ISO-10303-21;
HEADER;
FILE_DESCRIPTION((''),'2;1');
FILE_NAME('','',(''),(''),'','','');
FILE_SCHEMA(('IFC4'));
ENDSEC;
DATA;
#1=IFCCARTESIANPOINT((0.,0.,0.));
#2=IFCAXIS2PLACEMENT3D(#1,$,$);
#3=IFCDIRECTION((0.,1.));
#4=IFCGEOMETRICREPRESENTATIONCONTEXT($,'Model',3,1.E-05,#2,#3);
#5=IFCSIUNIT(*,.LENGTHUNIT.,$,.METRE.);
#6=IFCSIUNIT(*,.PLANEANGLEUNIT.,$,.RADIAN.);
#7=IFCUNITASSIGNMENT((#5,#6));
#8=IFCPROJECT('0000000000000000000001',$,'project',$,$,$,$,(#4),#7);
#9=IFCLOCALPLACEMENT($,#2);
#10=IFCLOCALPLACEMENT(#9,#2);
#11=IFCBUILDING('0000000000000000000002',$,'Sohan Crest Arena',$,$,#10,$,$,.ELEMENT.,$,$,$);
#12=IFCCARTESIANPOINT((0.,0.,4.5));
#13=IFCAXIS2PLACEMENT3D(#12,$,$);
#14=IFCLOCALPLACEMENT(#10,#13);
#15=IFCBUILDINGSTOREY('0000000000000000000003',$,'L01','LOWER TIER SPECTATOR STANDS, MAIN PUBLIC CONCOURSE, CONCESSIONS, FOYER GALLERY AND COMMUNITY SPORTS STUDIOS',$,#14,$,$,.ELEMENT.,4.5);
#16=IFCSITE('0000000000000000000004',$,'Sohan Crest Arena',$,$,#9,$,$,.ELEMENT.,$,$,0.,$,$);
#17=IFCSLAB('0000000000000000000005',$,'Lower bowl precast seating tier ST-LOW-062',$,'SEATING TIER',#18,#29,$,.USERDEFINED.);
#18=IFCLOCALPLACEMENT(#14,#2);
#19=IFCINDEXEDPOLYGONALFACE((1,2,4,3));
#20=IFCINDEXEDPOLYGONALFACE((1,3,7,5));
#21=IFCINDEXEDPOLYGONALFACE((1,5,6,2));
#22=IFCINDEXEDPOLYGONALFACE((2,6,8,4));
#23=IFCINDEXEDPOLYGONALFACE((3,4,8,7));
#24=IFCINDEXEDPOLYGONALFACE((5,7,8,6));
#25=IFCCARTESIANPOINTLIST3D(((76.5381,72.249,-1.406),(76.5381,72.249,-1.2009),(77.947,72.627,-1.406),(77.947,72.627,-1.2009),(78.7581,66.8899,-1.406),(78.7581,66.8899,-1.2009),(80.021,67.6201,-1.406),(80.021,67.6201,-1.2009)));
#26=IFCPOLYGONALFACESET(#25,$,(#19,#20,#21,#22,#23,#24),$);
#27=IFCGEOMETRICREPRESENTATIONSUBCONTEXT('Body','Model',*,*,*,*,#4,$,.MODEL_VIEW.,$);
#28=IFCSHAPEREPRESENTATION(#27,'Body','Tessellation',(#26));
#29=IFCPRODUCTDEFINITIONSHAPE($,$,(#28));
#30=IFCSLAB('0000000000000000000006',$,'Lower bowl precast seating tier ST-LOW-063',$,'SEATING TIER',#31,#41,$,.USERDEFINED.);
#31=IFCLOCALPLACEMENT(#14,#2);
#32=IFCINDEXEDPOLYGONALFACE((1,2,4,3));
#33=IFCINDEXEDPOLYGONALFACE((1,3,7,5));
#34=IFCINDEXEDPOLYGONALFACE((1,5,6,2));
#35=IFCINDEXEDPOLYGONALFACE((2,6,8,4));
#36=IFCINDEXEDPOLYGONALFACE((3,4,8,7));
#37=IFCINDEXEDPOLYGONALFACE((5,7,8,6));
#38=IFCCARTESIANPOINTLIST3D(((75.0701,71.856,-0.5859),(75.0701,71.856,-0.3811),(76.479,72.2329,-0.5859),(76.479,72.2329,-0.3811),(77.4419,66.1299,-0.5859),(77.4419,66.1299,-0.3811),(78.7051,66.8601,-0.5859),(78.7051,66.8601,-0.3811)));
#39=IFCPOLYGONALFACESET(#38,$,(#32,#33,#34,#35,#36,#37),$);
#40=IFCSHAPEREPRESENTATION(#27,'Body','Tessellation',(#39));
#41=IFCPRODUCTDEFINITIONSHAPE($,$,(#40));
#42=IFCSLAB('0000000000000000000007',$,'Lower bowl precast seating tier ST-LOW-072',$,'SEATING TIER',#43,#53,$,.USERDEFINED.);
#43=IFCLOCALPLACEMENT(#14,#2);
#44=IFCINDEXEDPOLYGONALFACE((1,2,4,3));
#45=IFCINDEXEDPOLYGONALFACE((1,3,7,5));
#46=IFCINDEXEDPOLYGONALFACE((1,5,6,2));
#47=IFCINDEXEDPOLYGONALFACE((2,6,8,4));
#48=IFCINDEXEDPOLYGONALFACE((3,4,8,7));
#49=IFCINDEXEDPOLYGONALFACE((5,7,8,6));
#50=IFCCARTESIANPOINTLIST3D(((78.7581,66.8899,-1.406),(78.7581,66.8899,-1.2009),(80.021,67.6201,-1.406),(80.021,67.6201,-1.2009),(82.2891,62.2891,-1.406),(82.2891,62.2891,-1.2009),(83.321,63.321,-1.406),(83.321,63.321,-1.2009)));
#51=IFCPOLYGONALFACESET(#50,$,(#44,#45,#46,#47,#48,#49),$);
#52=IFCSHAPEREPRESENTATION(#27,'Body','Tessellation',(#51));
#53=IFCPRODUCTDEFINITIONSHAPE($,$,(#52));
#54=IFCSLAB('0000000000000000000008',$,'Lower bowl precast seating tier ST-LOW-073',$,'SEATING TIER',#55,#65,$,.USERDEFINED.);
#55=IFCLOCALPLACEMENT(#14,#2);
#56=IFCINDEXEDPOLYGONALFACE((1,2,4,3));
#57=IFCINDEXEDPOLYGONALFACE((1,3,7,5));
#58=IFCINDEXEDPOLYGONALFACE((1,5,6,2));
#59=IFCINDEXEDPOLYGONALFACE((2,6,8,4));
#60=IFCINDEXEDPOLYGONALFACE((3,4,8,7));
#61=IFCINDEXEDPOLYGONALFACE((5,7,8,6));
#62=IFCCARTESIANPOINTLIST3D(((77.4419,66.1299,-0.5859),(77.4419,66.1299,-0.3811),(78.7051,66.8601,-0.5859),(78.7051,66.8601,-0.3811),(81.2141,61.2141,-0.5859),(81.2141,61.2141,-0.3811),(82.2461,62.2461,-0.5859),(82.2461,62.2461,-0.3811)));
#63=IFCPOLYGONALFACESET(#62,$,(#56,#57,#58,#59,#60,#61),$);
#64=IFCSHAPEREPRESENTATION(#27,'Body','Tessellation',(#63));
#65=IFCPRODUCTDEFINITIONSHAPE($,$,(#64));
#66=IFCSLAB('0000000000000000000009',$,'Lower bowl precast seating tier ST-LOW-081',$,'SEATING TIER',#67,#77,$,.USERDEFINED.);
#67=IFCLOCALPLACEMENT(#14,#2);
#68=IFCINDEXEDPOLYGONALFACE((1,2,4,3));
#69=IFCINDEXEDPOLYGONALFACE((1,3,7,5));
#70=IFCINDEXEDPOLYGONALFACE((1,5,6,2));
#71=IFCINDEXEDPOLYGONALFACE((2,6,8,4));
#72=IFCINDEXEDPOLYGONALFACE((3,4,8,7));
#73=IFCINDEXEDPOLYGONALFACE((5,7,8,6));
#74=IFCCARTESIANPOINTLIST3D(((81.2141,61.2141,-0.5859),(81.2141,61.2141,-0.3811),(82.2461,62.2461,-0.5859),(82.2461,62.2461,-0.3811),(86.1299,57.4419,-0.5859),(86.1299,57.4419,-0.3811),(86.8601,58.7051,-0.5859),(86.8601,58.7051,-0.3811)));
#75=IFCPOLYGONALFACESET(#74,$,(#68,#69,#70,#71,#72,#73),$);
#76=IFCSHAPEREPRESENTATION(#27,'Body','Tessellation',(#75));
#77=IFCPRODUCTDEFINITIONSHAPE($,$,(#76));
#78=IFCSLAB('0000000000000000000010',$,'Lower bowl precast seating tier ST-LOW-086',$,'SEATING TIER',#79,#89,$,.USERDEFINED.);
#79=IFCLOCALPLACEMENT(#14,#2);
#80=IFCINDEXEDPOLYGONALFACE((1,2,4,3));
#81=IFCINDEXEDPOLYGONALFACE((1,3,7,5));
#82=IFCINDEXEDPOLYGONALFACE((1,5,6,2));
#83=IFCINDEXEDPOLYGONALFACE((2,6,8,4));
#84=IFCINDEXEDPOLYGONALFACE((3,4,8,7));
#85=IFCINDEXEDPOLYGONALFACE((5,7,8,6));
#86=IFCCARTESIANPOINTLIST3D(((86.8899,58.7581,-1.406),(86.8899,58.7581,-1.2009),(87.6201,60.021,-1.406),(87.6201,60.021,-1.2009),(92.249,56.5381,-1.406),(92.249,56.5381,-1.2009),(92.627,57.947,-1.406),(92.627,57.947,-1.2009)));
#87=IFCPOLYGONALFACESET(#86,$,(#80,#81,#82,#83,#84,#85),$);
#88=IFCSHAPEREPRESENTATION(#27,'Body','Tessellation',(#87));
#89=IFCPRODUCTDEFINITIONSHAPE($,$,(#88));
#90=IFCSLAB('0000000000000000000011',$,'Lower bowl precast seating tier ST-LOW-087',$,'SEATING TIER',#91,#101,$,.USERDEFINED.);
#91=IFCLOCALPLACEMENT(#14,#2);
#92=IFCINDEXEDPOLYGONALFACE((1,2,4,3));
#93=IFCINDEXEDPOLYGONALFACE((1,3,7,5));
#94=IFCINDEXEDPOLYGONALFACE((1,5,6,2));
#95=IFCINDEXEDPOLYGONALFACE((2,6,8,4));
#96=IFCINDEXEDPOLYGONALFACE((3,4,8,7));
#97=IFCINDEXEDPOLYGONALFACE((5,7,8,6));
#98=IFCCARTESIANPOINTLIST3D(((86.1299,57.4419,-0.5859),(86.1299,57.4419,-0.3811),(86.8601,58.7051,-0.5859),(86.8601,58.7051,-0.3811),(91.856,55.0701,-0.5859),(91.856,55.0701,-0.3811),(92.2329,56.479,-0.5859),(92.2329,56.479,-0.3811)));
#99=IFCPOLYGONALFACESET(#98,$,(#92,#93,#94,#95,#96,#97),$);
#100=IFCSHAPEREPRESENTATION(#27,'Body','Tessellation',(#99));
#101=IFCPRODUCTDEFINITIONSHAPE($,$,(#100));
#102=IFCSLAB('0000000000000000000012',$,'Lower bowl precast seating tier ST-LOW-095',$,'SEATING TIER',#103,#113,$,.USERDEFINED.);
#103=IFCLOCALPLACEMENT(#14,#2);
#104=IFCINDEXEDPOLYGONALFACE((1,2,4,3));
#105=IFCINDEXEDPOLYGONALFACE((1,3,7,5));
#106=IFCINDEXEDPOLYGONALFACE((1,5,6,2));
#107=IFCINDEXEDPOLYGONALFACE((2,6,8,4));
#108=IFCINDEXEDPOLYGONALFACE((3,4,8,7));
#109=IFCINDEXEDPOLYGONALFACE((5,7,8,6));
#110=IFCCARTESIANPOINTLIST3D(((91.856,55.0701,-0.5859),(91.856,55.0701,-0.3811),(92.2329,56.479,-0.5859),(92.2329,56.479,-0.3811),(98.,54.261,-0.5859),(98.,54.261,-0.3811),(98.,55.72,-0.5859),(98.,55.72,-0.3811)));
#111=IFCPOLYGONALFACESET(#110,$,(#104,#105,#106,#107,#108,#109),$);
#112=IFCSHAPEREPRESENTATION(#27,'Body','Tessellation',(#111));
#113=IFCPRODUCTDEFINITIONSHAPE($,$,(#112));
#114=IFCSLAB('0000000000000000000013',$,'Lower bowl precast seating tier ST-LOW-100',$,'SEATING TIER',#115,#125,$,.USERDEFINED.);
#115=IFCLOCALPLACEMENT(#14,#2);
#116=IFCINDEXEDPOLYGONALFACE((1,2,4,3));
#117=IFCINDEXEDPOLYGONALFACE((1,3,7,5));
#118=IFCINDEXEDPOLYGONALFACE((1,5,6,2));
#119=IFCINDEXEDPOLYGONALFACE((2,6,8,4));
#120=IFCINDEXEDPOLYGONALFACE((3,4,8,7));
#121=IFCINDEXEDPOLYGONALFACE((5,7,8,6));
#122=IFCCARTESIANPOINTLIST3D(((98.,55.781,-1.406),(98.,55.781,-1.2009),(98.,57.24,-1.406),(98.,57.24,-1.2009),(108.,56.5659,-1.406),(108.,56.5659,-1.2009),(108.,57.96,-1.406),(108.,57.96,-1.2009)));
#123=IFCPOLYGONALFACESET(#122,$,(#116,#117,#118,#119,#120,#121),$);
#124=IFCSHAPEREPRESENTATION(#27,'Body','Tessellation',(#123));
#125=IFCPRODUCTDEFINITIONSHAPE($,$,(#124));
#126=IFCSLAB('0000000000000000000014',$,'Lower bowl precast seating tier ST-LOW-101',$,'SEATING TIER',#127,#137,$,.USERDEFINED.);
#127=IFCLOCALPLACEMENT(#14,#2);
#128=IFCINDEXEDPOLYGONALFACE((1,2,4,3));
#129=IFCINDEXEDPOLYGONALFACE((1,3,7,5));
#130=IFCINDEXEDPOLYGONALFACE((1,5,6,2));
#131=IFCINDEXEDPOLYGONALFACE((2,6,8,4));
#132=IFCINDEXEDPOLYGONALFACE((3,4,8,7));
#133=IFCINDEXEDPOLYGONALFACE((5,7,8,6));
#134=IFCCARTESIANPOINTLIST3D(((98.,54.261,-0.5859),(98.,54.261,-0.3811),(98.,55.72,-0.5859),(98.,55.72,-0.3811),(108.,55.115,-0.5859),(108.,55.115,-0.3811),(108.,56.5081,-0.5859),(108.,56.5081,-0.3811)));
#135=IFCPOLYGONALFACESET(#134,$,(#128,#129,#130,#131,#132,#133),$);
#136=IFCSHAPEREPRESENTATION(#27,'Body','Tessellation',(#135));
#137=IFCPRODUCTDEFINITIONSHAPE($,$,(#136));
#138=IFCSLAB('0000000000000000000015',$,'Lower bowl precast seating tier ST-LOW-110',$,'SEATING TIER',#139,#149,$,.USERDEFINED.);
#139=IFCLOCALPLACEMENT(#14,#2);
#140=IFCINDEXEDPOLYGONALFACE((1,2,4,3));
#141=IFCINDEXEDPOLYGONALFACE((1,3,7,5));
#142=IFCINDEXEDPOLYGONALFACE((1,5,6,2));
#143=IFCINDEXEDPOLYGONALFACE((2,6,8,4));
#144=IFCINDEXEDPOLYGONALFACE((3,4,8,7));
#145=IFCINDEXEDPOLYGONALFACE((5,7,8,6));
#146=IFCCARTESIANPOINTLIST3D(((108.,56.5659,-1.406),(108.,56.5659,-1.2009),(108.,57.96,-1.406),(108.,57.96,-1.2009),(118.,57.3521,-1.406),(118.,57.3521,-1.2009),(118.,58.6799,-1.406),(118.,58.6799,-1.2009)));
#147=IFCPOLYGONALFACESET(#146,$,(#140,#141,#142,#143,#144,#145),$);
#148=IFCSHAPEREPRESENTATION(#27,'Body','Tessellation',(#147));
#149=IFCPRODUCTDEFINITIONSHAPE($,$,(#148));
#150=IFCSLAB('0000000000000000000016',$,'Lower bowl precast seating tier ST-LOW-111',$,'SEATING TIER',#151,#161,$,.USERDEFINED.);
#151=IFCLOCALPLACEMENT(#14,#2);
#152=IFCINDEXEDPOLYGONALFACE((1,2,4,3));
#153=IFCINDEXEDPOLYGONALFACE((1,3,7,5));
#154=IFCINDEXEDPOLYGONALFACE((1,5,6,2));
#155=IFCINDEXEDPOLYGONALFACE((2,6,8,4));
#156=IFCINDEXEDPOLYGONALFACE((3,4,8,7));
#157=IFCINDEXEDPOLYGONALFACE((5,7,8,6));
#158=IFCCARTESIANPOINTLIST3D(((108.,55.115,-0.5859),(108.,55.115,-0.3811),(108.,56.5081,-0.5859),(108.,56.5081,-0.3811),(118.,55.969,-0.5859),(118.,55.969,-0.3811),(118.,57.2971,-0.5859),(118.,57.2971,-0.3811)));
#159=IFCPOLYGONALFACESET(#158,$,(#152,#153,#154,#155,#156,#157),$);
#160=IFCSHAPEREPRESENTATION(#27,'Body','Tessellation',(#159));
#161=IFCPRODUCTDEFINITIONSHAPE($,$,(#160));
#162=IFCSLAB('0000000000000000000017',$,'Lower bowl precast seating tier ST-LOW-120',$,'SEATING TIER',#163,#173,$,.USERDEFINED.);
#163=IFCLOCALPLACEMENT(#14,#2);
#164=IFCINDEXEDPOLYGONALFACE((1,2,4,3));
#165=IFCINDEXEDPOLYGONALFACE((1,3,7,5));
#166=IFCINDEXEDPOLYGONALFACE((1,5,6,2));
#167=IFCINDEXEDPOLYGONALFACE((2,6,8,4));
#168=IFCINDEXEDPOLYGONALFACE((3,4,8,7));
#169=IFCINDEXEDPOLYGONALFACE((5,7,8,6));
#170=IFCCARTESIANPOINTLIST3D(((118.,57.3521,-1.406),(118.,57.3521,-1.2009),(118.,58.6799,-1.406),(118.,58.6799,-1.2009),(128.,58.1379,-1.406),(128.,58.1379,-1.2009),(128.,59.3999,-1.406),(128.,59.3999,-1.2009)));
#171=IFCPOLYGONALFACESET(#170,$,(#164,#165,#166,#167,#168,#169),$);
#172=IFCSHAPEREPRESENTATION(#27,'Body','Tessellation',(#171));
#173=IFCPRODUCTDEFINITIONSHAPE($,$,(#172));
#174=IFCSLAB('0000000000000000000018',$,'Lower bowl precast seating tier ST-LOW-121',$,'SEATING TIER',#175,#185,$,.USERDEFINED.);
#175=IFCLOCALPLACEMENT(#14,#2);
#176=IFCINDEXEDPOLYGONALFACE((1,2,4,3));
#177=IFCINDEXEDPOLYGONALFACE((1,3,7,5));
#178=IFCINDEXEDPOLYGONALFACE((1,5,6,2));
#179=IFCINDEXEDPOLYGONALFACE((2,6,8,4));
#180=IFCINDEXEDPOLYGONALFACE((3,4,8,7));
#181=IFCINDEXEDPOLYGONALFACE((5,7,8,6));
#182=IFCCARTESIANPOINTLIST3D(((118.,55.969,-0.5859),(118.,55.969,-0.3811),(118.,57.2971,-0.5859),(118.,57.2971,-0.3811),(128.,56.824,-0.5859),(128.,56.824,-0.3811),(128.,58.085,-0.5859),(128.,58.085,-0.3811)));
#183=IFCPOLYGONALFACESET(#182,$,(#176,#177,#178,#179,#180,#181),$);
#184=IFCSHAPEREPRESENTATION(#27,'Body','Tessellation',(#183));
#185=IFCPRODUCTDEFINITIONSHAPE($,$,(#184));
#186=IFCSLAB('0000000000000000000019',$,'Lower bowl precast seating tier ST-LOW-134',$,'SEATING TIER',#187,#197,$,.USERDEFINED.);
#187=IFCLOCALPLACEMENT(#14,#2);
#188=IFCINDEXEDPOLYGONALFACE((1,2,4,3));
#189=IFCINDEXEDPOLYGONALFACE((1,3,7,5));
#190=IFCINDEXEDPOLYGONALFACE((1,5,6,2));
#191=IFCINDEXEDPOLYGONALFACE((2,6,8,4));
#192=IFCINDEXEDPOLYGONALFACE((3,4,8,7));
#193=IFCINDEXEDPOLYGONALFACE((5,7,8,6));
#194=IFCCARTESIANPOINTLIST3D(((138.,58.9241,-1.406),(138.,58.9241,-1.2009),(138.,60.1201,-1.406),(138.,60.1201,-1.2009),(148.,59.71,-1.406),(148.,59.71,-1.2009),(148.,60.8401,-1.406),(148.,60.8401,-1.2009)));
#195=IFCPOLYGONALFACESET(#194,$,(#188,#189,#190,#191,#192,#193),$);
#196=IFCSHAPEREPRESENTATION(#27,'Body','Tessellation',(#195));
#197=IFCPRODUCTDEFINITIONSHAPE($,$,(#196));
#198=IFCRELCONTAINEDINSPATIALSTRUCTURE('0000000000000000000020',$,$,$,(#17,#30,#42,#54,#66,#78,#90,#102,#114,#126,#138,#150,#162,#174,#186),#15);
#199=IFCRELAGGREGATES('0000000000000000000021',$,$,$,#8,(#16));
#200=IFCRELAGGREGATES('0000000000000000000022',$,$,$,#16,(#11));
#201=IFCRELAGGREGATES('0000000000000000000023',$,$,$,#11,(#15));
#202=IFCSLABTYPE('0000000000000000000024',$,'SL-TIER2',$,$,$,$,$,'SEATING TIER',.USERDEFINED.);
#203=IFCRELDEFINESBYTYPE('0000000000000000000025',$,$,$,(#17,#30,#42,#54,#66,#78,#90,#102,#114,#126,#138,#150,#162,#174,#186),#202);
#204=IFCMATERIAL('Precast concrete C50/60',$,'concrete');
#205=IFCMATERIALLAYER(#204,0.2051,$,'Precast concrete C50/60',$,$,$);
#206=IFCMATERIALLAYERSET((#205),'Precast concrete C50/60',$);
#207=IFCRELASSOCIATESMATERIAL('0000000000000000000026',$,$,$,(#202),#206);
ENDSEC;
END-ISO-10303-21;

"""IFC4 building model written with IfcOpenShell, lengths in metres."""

from ifc_helpers import new_model, si_unit, direction, frame, origin, place, context, subcontext, project, spatial, polyline, outline, extrude, material, layer, layer_set, type_object, element, save


model = new_model("IFC4")

# Units and contexts
model_context = context("Model", 3, precision=1e-05, world=origin(), true_north=direction((0.0, 1.0)))
body_context = subcontext(model_context, "Body", "Model", "MODEL_VIEW")
ifc_project = project(units=[si_unit("LENGTHUNIT", "METRE"), si_unit("PLANEANGLEUNIT", "RADIAN")], contexts=[model_context])

# Site, building, storey
site_placement = place(None, origin())
site = spatial("IfcSite", under=ifc_project, at=site_placement, Name="Sohan Crest Arena", CompositionType="ELEMENT", RefElevation=0.0)
building_placement = place(site_placement, origin())
building = spatial("IfcBuilding", under=site, at=building_placement, Name="Sohan Crest Arena", CompositionType="ELEMENT")
storey_placement = place(building_placement, frame((0.0, 0.0, 4.5)))
storey = spatial("IfcBuildingStorey", under=building, at=storey_placement, Name="L01", Description="LOWER TIER SPECTATOR STANDS, MAIN PUBLIC CONCOURSE, CONCESSIONS, FOYER GALLERY AND COMMUNITY SPORTS STUDIOS", CompositionType="ELEMENT", Elevation=4.5)

# Slabs
ifc_material = material(Name="Precast concrete C50/60", Category="concrete")
ifc_layer_1 = layer(ifc_material, 0.2051, Name="Precast concrete C50/60")
ifc_layer_set_1 = layer_set([ifc_layer_1], Name="Precast concrete C50/60")
slab_type_1 = type_object("IfcSlabType", Name="SL-TIER2", ElementType="SEATING TIER", PredefinedType="USERDEFINED", material=ifc_layer_set_1)
slab_1_placement = place(storey_placement, frame((0.0, 0.0, -1.406)))
element("IfcSlab", 1, at=slab_1_placement, inside=storey, type_object=slab_type_1, Name="Lower bowl precast seating tier ST-LOW-062", ObjectType="SEATING TIER", PredefinedType="USERDEFINED", context=body_context, shape_type="SweptSolid", body=[
    extrude(outline(polyline([(77.947, 72.627), (80.021, 67.6201), (78.7581, 66.8899), (76.5381, 72.249), (77.947, 72.627)])), origin(), (0.0, 0.0, 1.0), 0.2051),
])
slab_2_placement = place(storey_placement, frame((0.0, 0.0, -0.5859)))
element("IfcSlab", 2, at=slab_2_placement, inside=storey, type_object=slab_type_1, Name="Lower bowl precast seating tier ST-LOW-063", ObjectType="SEATING TIER", PredefinedType="USERDEFINED", context=body_context, shape_type="SweptSolid", body=[
    extrude(outline(polyline([(76.479, 72.2329), (78.7051, 66.8601), (77.4419, 66.1299), (75.0701, 71.856), (76.479, 72.2329)])), origin(), (0.0, 0.0, 1.0), 0.2048),
])
slab_3_placement = place(storey_placement, frame((0.0, 0.0, -1.406)))
element("IfcSlab", 3, at=slab_3_placement, inside=storey, type_object=slab_type_1, Name="Lower bowl precast seating tier ST-LOW-072", ObjectType="SEATING TIER", PredefinedType="USERDEFINED", context=body_context, shape_type="SweptSolid", body=[
    extrude(outline(polyline([(80.021, 67.6201), (83.321, 63.321), (82.2891, 62.2891), (78.7581, 66.8899), (80.021, 67.6201)])), origin(), (0.0, 0.0, 1.0), 0.2051),
])
slab_4_placement = place(storey_placement, frame((0.0, 0.0, -0.5859)))
element("IfcSlab", 4, at=slab_4_placement, inside=storey, type_object=slab_type_1, Name="Lower bowl precast seating tier ST-LOW-073", ObjectType="SEATING TIER", PredefinedType="USERDEFINED", context=body_context, shape_type="SweptSolid", body=[
    extrude(outline(polyline([(78.7051, 66.8601), (82.2461, 62.2461), (81.2141, 61.2141), (77.4419, 66.1299), (78.7051, 66.8601)])), origin(), (0.0, 0.0, 1.0), 0.2048),
])
slab_5_placement = place(storey_placement, frame((0.0, 0.0, -0.5859)))
element("IfcSlab", 5, at=slab_5_placement, inside=storey, type_object=slab_type_1, Name="Lower bowl precast seating tier ST-LOW-081", ObjectType="SEATING TIER", PredefinedType="USERDEFINED", context=body_context, shape_type="SweptSolid", body=[
    extrude(outline(polyline([(82.2461, 62.2461), (86.8601, 58.7051), (86.1299, 57.4419), (81.2141, 61.2141), (82.2461, 62.2461)])), origin(), (0.0, 0.0, 1.0), 0.2048),
])
slab_6_placement = place(storey_placement, frame((0.0, 0.0, -1.406)))
element("IfcSlab", 6, at=slab_6_placement, inside=storey, type_object=slab_type_1, Name="Lower bowl precast seating tier ST-LOW-086", ObjectType="SEATING TIER", PredefinedType="USERDEFINED", context=body_context, shape_type="SweptSolid", body=[
    extrude(outline(polyline([(87.6201, 60.021), (92.627, 57.947), (92.249, 56.5381), (86.8899, 58.7581), (87.6201, 60.021)])), origin(), (0.0, 0.0, 1.0), 0.2051),
])
slab_7_placement = place(storey_placement, frame((0.0, 0.0, -0.5859)))
element("IfcSlab", 7, at=slab_7_placement, inside=storey, type_object=slab_type_1, Name="Lower bowl precast seating tier ST-LOW-087", ObjectType="SEATING TIER", PredefinedType="USERDEFINED", context=body_context, shape_type="SweptSolid", body=[
    extrude(outline(polyline([(86.8601, 58.7051), (92.2329, 56.479), (91.856, 55.0701), (86.1299, 57.4419), (86.8601, 58.7051)])), origin(), (0.0, 0.0, 1.0), 0.2048),
])
slab_8_placement = place(storey_placement, frame((0.0, 0.0, -0.5859)))
element("IfcSlab", 8, at=slab_8_placement, inside=storey, type_object=slab_type_1, Name="Lower bowl precast seating tier ST-LOW-095", ObjectType="SEATING TIER", PredefinedType="USERDEFINED", context=body_context, shape_type="SweptSolid", body=[
    extrude(outline(polyline([(92.2329, 56.479), (98.0, 55.72), (98.0, 54.261), (91.856, 55.0701), (92.2329, 56.479)])), origin(), (0.0, 0.0, 1.0), 0.2048),
])
slab_9_placement = place(storey_placement, frame((0.0, 0.0, -1.406)))
element("IfcSlab", 9, at=slab_9_placement, inside=storey, type_object=slab_type_1, Name="Lower bowl precast seating tier ST-LOW-100", ObjectType="SEATING TIER", PredefinedType="USERDEFINED", context=body_context, shape_type="SweptSolid", body=[
    extrude(outline(polyline([(98.0, 57.24), (108.0, 57.96), (108.0, 56.5659), (98.0, 55.781), (98.0, 57.24)])), origin(), (0.0, 0.0, 1.0), 0.2051),
])
slab_10_placement = place(storey_placement, frame((0.0, 0.0, -0.5859)))
element("IfcSlab", 10, at=slab_10_placement, inside=storey, type_object=slab_type_1, Name="Lower bowl precast seating tier ST-LOW-101", ObjectType="SEATING TIER", PredefinedType="USERDEFINED", context=body_context, shape_type="SweptSolid", body=[
    extrude(outline(polyline([(98.0, 55.72), (108.0, 56.5081), (108.0, 55.115), (98.0, 54.261), (98.0, 55.72)])), origin(), (0.0, 0.0, 1.0), 0.2048),
])
slab_11_placement = place(storey_placement, frame((0.0, 0.0, -1.406)))
element("IfcSlab", 11, at=slab_11_placement, inside=storey, type_object=slab_type_1, Name="Lower bowl precast seating tier ST-LOW-110", ObjectType="SEATING TIER", PredefinedType="USERDEFINED", context=body_context, shape_type="SweptSolid", body=[
    extrude(outline(polyline([(108.0, 57.96), (118.0, 58.6799), (118.0, 57.3521), (108.0, 56.5659), (108.0, 57.96)])), origin(), (0.0, 0.0, 1.0), 0.2051),
])
slab_12_placement = place(storey_placement, frame((0.0, 0.0, -0.5859)))
element("IfcSlab", 12, at=slab_12_placement, inside=storey, type_object=slab_type_1, Name="Lower bowl precast seating tier ST-LOW-111", ObjectType="SEATING TIER", PredefinedType="USERDEFINED", context=body_context, shape_type="SweptSolid", body=[
    extrude(outline(polyline([(108.0, 56.5081), (118.0, 57.2971), (118.0, 55.969), (108.0, 55.115), (108.0, 56.5081)])), origin(), (0.0, 0.0, 1.0), 0.2048),
])
slab_13_placement = place(storey_placement, frame((0.0, 0.0, -1.406)))
element("IfcSlab", 13, at=slab_13_placement, inside=storey, type_object=slab_type_1, Name="Lower bowl precast seating tier ST-LOW-120", ObjectType="SEATING TIER", PredefinedType="USERDEFINED", context=body_context, shape_type="SweptSolid", body=[
    extrude(outline(polyline([(118.0, 58.6799), (128.0, 59.3999), (128.0, 58.1379), (118.0, 57.3521), (118.0, 58.6799)])), origin(), (0.0, 0.0, 1.0), 0.2051),
])
slab_14_placement = place(storey_placement, frame((0.0, 0.0, -0.5859)))
element("IfcSlab", 14, at=slab_14_placement, inside=storey, type_object=slab_type_1, Name="Lower bowl precast seating tier ST-LOW-121", ObjectType="SEATING TIER", PredefinedType="USERDEFINED", context=body_context, shape_type="SweptSolid", body=[
    extrude(outline(polyline([(118.0, 57.2971), (128.0, 58.085), (128.0, 56.824), (118.0, 55.969), (118.0, 57.2971)])), origin(), (0.0, 0.0, 1.0), 0.2048),
])
slab_15_placement = place(storey_placement, frame((0.0, 0.0, -1.406)))
element("IfcSlab", 15, at=slab_15_placement, inside=storey, type_object=slab_type_1, Name="Lower bowl precast seating tier ST-LOW-134", ObjectType="SEATING TIER", PredefinedType="USERDEFINED", context=body_context, shape_type="SweptSolid", body=[
    extrude(outline(polyline([(138.0, 60.1201), (148.0, 60.8401), (148.0, 59.71), (138.0, 58.9241), (138.0, 60.1201)])), origin(), (0.0, 0.0, 1.0), 0.2051),
])

save(model, "model.ifc")
